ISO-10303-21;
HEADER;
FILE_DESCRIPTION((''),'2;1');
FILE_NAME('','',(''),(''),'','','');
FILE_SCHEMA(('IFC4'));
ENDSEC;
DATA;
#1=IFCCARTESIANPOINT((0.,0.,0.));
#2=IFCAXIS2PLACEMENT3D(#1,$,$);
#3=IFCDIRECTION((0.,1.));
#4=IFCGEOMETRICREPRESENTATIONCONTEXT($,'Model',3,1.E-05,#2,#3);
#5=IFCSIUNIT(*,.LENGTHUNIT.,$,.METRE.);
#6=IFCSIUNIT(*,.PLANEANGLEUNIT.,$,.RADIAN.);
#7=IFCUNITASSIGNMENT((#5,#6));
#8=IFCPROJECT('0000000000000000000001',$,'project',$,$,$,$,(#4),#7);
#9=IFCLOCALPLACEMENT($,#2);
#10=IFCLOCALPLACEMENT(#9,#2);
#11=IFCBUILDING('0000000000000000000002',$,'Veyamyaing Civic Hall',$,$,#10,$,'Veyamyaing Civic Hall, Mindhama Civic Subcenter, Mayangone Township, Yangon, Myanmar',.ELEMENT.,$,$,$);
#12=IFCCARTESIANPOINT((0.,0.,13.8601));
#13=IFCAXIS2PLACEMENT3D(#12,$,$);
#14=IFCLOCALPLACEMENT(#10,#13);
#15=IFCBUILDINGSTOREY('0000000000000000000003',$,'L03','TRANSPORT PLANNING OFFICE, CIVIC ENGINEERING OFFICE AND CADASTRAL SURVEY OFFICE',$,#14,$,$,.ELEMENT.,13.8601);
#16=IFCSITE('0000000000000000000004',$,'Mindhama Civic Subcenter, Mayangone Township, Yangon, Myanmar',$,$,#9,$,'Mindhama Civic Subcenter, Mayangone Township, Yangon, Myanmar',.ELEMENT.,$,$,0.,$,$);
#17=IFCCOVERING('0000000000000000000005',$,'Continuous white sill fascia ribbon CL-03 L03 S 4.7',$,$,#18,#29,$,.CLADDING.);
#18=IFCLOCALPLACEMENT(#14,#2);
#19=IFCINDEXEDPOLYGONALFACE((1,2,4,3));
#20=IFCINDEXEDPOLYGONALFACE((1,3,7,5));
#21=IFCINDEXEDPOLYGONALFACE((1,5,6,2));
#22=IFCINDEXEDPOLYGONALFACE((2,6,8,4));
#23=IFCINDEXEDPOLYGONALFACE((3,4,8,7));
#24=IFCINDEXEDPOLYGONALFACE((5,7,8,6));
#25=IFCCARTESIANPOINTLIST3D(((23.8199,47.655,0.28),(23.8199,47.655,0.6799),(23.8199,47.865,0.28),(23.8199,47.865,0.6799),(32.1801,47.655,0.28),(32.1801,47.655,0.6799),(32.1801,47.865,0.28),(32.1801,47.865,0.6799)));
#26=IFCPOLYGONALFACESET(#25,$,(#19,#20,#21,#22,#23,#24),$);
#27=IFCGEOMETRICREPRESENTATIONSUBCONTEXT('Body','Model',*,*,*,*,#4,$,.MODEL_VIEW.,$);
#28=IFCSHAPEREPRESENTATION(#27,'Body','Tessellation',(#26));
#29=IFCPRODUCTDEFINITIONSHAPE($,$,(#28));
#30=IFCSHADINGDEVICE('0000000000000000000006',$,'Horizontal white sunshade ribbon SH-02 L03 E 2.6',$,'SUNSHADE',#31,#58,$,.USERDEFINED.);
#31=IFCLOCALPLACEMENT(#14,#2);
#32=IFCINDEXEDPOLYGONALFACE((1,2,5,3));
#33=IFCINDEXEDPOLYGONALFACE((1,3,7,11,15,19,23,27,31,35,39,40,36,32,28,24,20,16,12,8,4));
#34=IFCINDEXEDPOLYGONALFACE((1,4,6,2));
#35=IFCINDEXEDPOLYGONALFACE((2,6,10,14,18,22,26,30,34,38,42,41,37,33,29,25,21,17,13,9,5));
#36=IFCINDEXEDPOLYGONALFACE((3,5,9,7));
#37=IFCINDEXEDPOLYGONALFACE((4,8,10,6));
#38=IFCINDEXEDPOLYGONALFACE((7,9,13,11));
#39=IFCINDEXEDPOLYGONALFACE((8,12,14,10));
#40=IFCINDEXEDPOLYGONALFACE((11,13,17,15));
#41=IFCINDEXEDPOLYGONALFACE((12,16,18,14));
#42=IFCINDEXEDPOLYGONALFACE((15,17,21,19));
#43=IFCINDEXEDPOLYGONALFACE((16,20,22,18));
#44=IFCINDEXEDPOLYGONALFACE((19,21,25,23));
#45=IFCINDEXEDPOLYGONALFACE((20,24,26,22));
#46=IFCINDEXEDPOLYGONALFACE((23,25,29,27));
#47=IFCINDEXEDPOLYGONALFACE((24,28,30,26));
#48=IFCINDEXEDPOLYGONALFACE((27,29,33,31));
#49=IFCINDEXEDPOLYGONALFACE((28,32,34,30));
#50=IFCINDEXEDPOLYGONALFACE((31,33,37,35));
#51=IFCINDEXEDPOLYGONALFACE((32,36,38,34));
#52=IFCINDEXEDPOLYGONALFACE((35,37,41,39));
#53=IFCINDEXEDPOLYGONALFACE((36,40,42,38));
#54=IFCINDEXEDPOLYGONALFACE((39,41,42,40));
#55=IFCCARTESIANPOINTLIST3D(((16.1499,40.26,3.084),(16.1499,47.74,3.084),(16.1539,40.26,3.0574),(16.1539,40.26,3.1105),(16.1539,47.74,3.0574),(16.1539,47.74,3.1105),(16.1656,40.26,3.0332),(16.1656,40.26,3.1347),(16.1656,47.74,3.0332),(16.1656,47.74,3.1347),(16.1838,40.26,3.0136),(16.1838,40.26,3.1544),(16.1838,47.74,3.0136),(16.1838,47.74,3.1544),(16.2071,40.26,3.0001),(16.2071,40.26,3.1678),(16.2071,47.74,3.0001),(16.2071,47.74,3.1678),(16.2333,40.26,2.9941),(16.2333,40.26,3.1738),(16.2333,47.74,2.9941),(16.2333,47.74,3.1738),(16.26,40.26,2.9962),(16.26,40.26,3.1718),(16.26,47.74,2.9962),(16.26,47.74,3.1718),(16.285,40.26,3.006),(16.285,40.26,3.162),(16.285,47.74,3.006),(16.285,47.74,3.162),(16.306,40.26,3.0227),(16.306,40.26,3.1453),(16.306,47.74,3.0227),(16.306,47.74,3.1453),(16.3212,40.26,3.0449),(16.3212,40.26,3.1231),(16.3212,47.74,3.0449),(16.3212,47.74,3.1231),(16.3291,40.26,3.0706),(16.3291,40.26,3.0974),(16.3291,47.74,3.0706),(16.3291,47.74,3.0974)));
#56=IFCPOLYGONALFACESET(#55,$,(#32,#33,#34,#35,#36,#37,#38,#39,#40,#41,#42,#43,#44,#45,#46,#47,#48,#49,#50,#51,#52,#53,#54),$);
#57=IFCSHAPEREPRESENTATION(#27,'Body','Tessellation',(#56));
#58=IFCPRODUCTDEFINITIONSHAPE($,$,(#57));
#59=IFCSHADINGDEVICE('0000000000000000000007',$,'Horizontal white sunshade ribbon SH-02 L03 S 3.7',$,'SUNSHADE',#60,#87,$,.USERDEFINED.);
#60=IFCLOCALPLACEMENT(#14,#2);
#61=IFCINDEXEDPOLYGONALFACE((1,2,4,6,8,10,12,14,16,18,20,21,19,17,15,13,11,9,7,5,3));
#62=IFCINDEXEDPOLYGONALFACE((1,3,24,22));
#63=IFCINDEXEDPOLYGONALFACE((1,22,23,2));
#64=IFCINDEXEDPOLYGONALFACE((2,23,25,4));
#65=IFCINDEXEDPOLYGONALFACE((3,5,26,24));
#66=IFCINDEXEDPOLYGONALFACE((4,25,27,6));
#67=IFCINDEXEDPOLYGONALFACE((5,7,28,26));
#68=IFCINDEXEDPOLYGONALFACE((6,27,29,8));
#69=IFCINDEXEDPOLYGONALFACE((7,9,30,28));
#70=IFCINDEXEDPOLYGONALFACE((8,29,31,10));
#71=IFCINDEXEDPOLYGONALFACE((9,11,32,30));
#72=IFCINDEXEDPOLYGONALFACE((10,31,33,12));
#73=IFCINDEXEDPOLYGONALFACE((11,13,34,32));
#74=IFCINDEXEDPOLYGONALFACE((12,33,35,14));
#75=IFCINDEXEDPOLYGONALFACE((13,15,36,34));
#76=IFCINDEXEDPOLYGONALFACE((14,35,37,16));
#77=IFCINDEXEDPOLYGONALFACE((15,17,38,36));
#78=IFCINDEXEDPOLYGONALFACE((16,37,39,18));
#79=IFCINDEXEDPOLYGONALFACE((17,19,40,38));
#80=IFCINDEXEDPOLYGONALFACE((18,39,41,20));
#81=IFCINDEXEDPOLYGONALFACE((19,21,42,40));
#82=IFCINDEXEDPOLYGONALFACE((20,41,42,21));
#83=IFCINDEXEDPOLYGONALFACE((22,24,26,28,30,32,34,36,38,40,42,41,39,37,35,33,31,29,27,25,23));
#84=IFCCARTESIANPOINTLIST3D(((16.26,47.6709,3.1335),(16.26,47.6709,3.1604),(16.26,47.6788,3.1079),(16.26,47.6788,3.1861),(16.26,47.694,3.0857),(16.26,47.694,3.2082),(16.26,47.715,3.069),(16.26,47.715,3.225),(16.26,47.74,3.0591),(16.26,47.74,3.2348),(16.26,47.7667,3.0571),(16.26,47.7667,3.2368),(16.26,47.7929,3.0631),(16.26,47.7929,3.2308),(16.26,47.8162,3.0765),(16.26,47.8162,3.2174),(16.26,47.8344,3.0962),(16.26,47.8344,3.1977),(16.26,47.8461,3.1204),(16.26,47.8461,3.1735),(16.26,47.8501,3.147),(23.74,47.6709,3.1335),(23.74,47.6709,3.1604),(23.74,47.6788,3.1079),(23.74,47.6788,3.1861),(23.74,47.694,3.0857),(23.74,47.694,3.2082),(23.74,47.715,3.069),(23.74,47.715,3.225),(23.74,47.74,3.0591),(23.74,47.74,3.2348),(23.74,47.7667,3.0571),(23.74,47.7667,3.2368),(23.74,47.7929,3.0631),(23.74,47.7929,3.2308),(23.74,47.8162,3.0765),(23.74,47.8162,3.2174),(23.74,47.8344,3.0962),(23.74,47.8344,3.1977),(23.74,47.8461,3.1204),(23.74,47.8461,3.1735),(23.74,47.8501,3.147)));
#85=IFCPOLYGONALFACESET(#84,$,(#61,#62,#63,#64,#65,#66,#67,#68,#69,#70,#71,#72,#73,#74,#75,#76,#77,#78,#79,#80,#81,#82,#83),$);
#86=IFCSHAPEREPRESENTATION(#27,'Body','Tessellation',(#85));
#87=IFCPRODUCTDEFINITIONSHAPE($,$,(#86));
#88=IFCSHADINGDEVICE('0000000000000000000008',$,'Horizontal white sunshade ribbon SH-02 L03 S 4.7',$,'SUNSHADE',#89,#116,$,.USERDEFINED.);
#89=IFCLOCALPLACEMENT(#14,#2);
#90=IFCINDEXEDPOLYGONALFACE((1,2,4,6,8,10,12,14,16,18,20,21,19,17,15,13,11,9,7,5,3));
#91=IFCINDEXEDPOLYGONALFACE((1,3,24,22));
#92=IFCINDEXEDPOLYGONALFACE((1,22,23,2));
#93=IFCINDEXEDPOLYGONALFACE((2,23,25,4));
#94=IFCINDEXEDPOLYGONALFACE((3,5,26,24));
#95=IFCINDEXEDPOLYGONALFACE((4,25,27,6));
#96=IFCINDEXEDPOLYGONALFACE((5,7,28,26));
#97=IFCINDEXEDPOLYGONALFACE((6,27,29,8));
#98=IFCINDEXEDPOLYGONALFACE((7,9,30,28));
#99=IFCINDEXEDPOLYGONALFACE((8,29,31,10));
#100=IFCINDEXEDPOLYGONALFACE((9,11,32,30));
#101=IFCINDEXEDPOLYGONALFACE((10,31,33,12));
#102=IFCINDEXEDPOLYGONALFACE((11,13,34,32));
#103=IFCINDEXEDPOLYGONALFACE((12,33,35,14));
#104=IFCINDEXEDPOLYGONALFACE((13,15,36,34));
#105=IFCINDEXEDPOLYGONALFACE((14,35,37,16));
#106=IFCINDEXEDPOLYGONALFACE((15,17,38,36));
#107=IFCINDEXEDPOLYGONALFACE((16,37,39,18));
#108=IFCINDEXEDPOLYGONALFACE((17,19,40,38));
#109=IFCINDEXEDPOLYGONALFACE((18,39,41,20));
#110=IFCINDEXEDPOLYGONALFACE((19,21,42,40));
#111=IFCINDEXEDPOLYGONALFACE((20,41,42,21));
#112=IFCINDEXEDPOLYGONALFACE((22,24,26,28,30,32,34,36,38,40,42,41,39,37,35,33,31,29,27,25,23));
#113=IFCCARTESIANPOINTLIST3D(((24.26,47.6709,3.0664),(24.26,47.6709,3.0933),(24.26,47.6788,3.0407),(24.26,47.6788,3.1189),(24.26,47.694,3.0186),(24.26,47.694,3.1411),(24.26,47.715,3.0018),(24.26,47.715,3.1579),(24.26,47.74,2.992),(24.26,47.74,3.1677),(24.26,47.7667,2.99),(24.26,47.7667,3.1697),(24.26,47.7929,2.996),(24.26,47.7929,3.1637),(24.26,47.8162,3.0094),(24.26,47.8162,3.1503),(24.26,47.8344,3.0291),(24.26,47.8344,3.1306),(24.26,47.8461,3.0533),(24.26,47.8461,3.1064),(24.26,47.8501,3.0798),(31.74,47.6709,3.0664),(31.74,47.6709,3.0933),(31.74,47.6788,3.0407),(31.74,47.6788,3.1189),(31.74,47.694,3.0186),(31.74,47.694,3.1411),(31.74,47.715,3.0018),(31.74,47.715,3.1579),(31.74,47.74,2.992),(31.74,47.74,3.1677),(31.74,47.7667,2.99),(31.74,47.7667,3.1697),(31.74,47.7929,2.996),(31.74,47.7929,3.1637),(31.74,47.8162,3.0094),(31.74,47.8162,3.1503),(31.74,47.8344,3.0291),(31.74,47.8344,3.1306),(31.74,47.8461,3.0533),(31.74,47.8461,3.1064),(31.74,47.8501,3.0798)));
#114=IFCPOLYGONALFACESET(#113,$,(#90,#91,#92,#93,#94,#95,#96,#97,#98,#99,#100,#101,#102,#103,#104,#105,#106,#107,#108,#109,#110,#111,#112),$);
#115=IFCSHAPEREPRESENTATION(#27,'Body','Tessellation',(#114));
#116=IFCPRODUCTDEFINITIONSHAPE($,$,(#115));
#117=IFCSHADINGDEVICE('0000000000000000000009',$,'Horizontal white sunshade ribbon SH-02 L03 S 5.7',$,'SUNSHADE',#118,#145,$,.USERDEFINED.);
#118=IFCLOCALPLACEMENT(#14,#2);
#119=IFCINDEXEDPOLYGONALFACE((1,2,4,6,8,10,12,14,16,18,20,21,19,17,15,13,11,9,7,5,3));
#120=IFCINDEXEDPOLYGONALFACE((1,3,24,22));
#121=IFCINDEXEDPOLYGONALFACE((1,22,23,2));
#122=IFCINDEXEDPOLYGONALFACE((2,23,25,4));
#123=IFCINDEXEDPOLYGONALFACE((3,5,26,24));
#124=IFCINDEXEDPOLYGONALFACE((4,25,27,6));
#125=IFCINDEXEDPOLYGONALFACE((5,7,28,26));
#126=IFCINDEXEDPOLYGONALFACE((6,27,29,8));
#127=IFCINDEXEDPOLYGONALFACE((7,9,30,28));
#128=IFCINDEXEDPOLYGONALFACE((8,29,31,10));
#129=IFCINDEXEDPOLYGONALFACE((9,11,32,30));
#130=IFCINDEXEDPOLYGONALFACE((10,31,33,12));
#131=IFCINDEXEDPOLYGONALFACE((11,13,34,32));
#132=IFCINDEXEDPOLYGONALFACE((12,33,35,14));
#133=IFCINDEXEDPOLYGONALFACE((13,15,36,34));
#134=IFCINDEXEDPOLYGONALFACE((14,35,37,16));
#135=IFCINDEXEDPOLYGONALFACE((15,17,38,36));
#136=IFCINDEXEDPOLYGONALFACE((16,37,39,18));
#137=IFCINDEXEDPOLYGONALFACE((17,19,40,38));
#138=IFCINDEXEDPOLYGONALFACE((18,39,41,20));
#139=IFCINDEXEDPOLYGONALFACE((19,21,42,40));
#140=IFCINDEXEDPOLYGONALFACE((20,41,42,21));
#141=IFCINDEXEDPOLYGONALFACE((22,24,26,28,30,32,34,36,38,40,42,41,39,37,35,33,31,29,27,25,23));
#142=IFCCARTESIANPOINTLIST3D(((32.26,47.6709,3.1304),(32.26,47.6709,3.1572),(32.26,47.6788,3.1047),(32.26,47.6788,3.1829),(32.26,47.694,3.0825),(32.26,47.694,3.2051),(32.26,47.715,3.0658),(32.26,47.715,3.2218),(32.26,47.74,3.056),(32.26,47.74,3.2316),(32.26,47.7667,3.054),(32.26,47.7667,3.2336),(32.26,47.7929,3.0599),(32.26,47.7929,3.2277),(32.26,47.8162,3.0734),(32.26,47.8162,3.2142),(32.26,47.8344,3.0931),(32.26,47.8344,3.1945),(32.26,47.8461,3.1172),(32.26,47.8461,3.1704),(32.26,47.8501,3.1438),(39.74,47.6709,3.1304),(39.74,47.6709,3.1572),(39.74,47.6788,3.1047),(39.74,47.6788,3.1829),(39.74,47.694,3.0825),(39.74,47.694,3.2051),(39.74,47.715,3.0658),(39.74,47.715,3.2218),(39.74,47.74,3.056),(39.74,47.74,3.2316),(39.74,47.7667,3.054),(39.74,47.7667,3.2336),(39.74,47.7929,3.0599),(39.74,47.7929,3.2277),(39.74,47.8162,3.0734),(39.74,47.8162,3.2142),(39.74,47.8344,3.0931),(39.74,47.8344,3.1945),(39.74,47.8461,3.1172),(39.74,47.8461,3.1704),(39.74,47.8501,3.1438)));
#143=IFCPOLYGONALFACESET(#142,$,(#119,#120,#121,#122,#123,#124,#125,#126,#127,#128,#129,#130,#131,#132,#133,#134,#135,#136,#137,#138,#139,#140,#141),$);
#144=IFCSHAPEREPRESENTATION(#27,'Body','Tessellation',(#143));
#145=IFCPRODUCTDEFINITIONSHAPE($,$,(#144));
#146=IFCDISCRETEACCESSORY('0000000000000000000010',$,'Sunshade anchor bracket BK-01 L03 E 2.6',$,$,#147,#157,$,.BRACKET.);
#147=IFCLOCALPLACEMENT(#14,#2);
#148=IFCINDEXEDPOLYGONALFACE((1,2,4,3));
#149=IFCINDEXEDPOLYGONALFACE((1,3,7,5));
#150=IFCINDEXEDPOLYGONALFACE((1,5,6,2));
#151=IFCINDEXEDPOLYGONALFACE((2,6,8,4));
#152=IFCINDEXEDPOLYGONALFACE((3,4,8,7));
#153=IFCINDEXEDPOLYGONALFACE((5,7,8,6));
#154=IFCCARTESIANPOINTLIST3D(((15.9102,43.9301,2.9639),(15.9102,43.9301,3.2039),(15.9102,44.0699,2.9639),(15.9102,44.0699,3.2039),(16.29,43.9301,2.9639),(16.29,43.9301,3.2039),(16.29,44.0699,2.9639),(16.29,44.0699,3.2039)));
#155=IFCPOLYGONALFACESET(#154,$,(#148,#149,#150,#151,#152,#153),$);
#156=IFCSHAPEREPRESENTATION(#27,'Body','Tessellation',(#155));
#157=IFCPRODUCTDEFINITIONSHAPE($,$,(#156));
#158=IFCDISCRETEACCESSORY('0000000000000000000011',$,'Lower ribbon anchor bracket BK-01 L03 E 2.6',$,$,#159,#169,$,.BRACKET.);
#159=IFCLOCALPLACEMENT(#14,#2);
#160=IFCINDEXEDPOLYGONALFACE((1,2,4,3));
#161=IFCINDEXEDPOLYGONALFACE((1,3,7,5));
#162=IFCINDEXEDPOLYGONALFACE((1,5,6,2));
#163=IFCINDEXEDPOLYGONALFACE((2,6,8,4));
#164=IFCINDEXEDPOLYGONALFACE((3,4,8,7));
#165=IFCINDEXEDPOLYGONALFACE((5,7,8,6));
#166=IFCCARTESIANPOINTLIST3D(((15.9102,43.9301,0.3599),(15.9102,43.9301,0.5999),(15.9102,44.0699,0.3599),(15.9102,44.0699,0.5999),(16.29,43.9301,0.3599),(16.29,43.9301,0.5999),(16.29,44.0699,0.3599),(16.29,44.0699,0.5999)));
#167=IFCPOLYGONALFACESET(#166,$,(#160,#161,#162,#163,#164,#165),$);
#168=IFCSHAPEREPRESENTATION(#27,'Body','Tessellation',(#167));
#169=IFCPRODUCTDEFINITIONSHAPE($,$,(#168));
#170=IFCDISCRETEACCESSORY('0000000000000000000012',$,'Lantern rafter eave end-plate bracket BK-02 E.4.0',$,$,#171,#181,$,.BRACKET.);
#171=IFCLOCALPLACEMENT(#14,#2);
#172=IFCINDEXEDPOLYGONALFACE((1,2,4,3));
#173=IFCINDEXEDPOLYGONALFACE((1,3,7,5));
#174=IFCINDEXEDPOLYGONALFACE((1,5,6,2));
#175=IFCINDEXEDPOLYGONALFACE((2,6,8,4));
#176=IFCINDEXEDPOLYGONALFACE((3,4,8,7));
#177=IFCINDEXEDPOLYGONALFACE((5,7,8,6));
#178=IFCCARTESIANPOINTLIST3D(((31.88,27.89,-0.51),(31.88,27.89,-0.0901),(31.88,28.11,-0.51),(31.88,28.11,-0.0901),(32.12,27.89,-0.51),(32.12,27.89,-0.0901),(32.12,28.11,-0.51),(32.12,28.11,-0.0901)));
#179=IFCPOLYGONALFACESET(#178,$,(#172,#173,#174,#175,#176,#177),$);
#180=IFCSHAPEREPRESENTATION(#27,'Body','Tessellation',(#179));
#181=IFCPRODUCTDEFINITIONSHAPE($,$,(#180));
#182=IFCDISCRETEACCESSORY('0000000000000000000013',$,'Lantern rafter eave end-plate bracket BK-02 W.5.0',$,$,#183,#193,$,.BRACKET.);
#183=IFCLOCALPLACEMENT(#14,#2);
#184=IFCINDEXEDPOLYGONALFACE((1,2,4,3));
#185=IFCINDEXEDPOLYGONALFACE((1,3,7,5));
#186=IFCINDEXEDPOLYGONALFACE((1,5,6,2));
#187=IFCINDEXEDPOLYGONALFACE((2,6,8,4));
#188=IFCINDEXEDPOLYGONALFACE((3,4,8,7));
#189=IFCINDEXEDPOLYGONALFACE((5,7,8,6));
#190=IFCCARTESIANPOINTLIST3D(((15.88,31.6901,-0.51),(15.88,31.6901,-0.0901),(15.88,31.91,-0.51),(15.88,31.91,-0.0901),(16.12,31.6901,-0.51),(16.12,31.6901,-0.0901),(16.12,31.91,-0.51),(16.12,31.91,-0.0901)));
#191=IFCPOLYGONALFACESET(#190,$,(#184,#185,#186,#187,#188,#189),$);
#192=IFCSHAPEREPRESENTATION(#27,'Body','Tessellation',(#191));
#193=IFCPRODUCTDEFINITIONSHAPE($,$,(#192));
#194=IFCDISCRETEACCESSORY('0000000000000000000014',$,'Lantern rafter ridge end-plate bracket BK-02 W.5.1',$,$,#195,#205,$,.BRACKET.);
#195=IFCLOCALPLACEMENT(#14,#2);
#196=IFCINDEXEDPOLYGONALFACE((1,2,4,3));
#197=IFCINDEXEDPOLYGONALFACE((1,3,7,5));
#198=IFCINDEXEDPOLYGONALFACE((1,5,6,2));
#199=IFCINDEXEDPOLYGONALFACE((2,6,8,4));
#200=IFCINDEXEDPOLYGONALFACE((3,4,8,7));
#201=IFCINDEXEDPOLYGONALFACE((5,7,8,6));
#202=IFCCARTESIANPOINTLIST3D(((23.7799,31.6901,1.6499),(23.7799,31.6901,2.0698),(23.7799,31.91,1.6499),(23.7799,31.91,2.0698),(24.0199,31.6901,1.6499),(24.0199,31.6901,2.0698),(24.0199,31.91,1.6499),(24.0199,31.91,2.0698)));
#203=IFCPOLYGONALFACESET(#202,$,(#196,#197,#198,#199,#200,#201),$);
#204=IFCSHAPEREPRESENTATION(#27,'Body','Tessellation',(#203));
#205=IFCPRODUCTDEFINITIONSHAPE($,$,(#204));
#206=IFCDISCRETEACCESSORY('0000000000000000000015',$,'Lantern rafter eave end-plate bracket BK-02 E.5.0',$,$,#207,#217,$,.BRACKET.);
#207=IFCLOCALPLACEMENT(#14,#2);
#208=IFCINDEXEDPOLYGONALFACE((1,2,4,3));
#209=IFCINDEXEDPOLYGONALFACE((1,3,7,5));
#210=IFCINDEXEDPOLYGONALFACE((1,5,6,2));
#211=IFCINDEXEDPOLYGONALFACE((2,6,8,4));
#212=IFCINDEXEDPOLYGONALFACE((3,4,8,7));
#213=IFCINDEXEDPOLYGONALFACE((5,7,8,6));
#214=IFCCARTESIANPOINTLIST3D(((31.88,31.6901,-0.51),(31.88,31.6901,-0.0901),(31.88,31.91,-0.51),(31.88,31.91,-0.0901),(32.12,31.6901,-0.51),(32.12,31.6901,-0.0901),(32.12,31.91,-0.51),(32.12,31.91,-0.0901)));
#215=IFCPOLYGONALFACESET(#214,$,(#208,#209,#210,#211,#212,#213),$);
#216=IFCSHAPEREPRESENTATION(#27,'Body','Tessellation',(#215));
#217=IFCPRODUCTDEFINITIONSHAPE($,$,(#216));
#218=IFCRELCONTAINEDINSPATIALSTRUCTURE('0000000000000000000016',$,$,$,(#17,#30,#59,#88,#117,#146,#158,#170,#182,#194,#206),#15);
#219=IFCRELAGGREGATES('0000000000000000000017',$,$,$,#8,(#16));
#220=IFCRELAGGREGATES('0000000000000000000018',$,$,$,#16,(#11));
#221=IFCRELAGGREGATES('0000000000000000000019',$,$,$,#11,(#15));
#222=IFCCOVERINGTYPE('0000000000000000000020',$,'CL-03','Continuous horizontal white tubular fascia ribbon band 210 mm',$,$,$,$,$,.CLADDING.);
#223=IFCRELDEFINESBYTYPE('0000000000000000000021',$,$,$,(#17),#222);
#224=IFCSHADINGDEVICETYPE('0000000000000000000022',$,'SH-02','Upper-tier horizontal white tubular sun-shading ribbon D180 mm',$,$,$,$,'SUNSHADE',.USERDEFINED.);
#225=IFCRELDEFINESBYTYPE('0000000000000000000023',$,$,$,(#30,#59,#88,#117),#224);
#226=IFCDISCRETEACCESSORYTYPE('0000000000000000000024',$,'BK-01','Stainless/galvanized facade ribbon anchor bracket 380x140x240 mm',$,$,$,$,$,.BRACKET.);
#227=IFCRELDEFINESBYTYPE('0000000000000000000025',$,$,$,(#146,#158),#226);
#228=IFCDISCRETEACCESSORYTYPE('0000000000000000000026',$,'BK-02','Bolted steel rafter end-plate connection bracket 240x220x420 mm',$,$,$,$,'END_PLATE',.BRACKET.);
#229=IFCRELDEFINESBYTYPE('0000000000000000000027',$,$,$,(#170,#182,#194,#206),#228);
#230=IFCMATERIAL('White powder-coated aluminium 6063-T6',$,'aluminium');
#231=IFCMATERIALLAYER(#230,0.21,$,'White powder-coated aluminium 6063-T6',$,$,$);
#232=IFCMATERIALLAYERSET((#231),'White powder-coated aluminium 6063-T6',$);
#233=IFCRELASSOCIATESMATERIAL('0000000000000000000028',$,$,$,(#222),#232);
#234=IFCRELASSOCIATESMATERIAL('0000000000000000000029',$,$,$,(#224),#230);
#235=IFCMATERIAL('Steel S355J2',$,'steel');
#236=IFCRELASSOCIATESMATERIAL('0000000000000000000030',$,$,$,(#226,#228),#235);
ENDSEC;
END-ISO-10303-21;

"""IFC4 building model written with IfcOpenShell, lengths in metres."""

from ifc_helpers import new_model, si_unit, direction, frame, origin, origin_2d, place, context, subcontext, project, spatial, rectangle, circle, extrude, material, layer, layer_set, material_profile, profile_set, type_object, element, save


model = new_model("IFC4")

# Units and contexts
model_context = context("Model", 3, precision=1e-05, world=origin(), true_north=direction((0.0, 1.0)))
body_context = subcontext(model_context, "Body", "Model", "MODEL_VIEW")
ifc_project = project(units=[si_unit("LENGTHUNIT", "METRE"), si_unit("PLANEANGLEUNIT", "RADIAN")], contexts=[model_context])

# Site, building, storey
site_placement = place(None, origin())
site = spatial("IfcSite", under=ifc_project, at=site_placement, Name="Mindhama Civic Subcenter, Mayangone Township, Yangon, Myanmar", LongName="Mindhama Civic Subcenter, Mayangone Township, Yangon, Myanmar", CompositionType="ELEMENT", RefElevation=0.0)
building_placement = place(site_placement, origin())
building = spatial("IfcBuilding", under=site, at=building_placement, Name="Veyamyaing Civic Hall", LongName="Veyamyaing Civic Hall, Mindhama Civic Subcenter, Mayangone Township, Yangon, Myanmar", CompositionType="ELEMENT")
storey_placement = place(building_placement, frame((0.0, 0.0, 13.8601)))
storey = spatial("IfcBuildingStorey", under=building, at=storey_placement, Name="L03", Description="TRANSPORT PLANNING OFFICE, CIVIC ENGINEERING OFFICE AND CADASTRAL SURVEY OFFICE", CompositionType="ELEMENT", Elevation=13.8601)

# Covering
ifc_material_1 = material(Name="White powder-coated aluminium 6063-T6", Category="aluminium")
ifc_layer_1 = layer(ifc_material_1, 0.21, Name="White powder-coated aluminium 6063-T6")
ifc_layer_set_1 = layer_set([ifc_layer_1], Name="White powder-coated aluminium 6063-T6")
covering_type_1 = type_object("IfcCoveringType", Name="CL-03", Description="Continuous horizontal white tubular fascia ribbon band 210 mm", PredefinedType="CLADDING", material=ifc_layer_set_1)
for number, where, z_axis, x_axis, name in (
    (1, (28.0, 47.76, 0.28), (0.0, 0.0, 1.0), (1.0, 0.0, 0.0), "Continuous white sill fascia ribbon CL-03 L03 S 4.7"),
):
    element("IfcCovering", number, at=place(storey_placement, frame(where, z_axis=z_axis, x_axis=x_axis)), inside=storey, type_object=covering_type_1, Name=name, PredefinedType="CLADDING", context=body_context, shape_type="SweptSolid", body=[
        extrude(rectangle(XDim=8.3601, YDim=0.21, at=origin_2d()), origin(), (0.0, 0.0, 1.0), 0.3999),
    ])

# Shading devices
ifc_material_profile_1 = material_profile(ifc_material_1, circle(Radius=0.0901, at=origin_2d()), Name="SHADE-TUBE-180")
ifc_profile_set_1 = profile_set([ifc_material_profile_1], Name="White powder-coated aluminium 6063-T6")
shading_device_type = type_object("IfcShadingDeviceType", Name="SH-02", Description="Upper-tier horizontal white tubular sun-shading ribbon D180 mm", ElementType="SUNSHADE", PredefinedType="USERDEFINED", material=ifc_profile_set_1)
for number, where, z_axis, x_axis, name in (
    (2, (16.24, 40.26, 3.084), (0.0, 1.0, 0.0), (-1.0, 0.0, 0.0), "Horizontal white sunshade ribbon SH-02 L03 E 2.6"),
    (3, (16.26, 47.76, 3.147), (1.0, 0.0, 0.0), (0.0, 1.0, 0.0), "Horizontal white sunshade ribbon SH-02 L03 S 3.7"),
    (4, (24.26, 47.76, 3.0798), (1.0, 0.0, 0.0), (0.0, 1.0, 0.0), "Horizontal white sunshade ribbon SH-02 L03 S 4.7"),
    (5, (32.26, 47.76, 3.1438), (1.0, 0.0, 0.0), (0.0, 1.0, 0.0), "Horizontal white sunshade ribbon SH-02 L03 S 5.7"),
):
    element("IfcShadingDevice", number, at=place(storey_placement, frame(where, z_axis=z_axis, x_axis=x_axis)), inside=storey, type_object=shading_device_type, Name=name, ObjectType="SUNSHADE", PredefinedType="USERDEFINED", context=body_context, shape_type="SweptSolid", body=[
        extrude(circle(Radius=0.0901, at=origin_2d()), origin(), (0.0, 0.0, 1.0), 7.48),
    ])

# Discrete accessories
ifc_material_2 = material(Name="Steel S355J2", Category="steel")
discrete_accessory_type_1 = type_object("IfcDiscreteAccessoryType", Name="BK-01", Description="Stainless/galvanized facade ribbon anchor bracket 380x140x240 mm", PredefinedType="BRACKET", material=ifc_material_2)
for number, where, z_axis, x_axis, name in (
    (6, (16.1001, 44.0, 2.9639), (0.0, 0.0, 1.0), (1.0, 0.0, 0.0), "Sunshade anchor bracket BK-01 L03 E 2.6"),
    (7, (16.1001, 44.0, 0.3599), (0.0, 0.0, 1.0), (1.0, 0.0, 0.0), "Lower ribbon anchor bracket BK-01 L03 E 2.6"),
):
    element("IfcDiscreteAccessory", number, at=place(storey_placement, frame(where, z_axis=z_axis, x_axis=x_axis)), inside=storey, type_object=discrete_accessory_type_1, Name=name, PredefinedType="BRACKET", context=body_context, shape_type="SweptSolid", body=[
        extrude(rectangle(XDim=0.3799, YDim=0.1399, at=origin_2d()), origin(), (0.0, 0.0, 1.0), 0.24),
    ])
discrete_accessory_type_2 = type_object("IfcDiscreteAccessoryType", Name="BK-02", Description="Bolted steel rafter end-plate connection bracket 240x220x420 mm", ElementType="END_PLATE", PredefinedType="BRACKET", material=ifc_material_2)
for number, where, z_axis, x_axis, name in (
    (8, (32.0, 28.0, -0.51), (0.0, 0.0, 1.0), (1.0, 0.0, 0.0), "Lantern rafter eave end-plate bracket BK-02 E.4.0"),
    (9, (16.0, 31.8, -0.51), (0.0, 0.0, 1.0), (1.0, 0.0, 0.0), "Lantern rafter eave end-plate bracket BK-02 W.5.0"),
    (10, (23.8999, 31.8, 1.6499), (0.0, 0.0, 1.0), (1.0, 0.0, 0.0), "Lantern rafter ridge end-plate bracket BK-02 W.5.1"),
    (11, (32.0, 31.8, -0.51), (0.0, 0.0, 1.0), (1.0, 0.0, 0.0), "Lantern rafter eave end-plate bracket BK-02 E.5.0"),
):
    element("IfcDiscreteAccessory", number, at=place(storey_placement, frame(where, z_axis=z_axis, x_axis=x_axis)), inside=storey, type_object=discrete_accessory_type_2, Name=name, PredefinedType="BRACKET", context=body_context, shape_type="SweptSolid", body=[
        extrude(rectangle(XDim=0.24, YDim=0.22, at=origin_2d()), origin(), (0.0, 0.0, 1.0), 0.4199),
    ])

save(model, "model.ifc")
